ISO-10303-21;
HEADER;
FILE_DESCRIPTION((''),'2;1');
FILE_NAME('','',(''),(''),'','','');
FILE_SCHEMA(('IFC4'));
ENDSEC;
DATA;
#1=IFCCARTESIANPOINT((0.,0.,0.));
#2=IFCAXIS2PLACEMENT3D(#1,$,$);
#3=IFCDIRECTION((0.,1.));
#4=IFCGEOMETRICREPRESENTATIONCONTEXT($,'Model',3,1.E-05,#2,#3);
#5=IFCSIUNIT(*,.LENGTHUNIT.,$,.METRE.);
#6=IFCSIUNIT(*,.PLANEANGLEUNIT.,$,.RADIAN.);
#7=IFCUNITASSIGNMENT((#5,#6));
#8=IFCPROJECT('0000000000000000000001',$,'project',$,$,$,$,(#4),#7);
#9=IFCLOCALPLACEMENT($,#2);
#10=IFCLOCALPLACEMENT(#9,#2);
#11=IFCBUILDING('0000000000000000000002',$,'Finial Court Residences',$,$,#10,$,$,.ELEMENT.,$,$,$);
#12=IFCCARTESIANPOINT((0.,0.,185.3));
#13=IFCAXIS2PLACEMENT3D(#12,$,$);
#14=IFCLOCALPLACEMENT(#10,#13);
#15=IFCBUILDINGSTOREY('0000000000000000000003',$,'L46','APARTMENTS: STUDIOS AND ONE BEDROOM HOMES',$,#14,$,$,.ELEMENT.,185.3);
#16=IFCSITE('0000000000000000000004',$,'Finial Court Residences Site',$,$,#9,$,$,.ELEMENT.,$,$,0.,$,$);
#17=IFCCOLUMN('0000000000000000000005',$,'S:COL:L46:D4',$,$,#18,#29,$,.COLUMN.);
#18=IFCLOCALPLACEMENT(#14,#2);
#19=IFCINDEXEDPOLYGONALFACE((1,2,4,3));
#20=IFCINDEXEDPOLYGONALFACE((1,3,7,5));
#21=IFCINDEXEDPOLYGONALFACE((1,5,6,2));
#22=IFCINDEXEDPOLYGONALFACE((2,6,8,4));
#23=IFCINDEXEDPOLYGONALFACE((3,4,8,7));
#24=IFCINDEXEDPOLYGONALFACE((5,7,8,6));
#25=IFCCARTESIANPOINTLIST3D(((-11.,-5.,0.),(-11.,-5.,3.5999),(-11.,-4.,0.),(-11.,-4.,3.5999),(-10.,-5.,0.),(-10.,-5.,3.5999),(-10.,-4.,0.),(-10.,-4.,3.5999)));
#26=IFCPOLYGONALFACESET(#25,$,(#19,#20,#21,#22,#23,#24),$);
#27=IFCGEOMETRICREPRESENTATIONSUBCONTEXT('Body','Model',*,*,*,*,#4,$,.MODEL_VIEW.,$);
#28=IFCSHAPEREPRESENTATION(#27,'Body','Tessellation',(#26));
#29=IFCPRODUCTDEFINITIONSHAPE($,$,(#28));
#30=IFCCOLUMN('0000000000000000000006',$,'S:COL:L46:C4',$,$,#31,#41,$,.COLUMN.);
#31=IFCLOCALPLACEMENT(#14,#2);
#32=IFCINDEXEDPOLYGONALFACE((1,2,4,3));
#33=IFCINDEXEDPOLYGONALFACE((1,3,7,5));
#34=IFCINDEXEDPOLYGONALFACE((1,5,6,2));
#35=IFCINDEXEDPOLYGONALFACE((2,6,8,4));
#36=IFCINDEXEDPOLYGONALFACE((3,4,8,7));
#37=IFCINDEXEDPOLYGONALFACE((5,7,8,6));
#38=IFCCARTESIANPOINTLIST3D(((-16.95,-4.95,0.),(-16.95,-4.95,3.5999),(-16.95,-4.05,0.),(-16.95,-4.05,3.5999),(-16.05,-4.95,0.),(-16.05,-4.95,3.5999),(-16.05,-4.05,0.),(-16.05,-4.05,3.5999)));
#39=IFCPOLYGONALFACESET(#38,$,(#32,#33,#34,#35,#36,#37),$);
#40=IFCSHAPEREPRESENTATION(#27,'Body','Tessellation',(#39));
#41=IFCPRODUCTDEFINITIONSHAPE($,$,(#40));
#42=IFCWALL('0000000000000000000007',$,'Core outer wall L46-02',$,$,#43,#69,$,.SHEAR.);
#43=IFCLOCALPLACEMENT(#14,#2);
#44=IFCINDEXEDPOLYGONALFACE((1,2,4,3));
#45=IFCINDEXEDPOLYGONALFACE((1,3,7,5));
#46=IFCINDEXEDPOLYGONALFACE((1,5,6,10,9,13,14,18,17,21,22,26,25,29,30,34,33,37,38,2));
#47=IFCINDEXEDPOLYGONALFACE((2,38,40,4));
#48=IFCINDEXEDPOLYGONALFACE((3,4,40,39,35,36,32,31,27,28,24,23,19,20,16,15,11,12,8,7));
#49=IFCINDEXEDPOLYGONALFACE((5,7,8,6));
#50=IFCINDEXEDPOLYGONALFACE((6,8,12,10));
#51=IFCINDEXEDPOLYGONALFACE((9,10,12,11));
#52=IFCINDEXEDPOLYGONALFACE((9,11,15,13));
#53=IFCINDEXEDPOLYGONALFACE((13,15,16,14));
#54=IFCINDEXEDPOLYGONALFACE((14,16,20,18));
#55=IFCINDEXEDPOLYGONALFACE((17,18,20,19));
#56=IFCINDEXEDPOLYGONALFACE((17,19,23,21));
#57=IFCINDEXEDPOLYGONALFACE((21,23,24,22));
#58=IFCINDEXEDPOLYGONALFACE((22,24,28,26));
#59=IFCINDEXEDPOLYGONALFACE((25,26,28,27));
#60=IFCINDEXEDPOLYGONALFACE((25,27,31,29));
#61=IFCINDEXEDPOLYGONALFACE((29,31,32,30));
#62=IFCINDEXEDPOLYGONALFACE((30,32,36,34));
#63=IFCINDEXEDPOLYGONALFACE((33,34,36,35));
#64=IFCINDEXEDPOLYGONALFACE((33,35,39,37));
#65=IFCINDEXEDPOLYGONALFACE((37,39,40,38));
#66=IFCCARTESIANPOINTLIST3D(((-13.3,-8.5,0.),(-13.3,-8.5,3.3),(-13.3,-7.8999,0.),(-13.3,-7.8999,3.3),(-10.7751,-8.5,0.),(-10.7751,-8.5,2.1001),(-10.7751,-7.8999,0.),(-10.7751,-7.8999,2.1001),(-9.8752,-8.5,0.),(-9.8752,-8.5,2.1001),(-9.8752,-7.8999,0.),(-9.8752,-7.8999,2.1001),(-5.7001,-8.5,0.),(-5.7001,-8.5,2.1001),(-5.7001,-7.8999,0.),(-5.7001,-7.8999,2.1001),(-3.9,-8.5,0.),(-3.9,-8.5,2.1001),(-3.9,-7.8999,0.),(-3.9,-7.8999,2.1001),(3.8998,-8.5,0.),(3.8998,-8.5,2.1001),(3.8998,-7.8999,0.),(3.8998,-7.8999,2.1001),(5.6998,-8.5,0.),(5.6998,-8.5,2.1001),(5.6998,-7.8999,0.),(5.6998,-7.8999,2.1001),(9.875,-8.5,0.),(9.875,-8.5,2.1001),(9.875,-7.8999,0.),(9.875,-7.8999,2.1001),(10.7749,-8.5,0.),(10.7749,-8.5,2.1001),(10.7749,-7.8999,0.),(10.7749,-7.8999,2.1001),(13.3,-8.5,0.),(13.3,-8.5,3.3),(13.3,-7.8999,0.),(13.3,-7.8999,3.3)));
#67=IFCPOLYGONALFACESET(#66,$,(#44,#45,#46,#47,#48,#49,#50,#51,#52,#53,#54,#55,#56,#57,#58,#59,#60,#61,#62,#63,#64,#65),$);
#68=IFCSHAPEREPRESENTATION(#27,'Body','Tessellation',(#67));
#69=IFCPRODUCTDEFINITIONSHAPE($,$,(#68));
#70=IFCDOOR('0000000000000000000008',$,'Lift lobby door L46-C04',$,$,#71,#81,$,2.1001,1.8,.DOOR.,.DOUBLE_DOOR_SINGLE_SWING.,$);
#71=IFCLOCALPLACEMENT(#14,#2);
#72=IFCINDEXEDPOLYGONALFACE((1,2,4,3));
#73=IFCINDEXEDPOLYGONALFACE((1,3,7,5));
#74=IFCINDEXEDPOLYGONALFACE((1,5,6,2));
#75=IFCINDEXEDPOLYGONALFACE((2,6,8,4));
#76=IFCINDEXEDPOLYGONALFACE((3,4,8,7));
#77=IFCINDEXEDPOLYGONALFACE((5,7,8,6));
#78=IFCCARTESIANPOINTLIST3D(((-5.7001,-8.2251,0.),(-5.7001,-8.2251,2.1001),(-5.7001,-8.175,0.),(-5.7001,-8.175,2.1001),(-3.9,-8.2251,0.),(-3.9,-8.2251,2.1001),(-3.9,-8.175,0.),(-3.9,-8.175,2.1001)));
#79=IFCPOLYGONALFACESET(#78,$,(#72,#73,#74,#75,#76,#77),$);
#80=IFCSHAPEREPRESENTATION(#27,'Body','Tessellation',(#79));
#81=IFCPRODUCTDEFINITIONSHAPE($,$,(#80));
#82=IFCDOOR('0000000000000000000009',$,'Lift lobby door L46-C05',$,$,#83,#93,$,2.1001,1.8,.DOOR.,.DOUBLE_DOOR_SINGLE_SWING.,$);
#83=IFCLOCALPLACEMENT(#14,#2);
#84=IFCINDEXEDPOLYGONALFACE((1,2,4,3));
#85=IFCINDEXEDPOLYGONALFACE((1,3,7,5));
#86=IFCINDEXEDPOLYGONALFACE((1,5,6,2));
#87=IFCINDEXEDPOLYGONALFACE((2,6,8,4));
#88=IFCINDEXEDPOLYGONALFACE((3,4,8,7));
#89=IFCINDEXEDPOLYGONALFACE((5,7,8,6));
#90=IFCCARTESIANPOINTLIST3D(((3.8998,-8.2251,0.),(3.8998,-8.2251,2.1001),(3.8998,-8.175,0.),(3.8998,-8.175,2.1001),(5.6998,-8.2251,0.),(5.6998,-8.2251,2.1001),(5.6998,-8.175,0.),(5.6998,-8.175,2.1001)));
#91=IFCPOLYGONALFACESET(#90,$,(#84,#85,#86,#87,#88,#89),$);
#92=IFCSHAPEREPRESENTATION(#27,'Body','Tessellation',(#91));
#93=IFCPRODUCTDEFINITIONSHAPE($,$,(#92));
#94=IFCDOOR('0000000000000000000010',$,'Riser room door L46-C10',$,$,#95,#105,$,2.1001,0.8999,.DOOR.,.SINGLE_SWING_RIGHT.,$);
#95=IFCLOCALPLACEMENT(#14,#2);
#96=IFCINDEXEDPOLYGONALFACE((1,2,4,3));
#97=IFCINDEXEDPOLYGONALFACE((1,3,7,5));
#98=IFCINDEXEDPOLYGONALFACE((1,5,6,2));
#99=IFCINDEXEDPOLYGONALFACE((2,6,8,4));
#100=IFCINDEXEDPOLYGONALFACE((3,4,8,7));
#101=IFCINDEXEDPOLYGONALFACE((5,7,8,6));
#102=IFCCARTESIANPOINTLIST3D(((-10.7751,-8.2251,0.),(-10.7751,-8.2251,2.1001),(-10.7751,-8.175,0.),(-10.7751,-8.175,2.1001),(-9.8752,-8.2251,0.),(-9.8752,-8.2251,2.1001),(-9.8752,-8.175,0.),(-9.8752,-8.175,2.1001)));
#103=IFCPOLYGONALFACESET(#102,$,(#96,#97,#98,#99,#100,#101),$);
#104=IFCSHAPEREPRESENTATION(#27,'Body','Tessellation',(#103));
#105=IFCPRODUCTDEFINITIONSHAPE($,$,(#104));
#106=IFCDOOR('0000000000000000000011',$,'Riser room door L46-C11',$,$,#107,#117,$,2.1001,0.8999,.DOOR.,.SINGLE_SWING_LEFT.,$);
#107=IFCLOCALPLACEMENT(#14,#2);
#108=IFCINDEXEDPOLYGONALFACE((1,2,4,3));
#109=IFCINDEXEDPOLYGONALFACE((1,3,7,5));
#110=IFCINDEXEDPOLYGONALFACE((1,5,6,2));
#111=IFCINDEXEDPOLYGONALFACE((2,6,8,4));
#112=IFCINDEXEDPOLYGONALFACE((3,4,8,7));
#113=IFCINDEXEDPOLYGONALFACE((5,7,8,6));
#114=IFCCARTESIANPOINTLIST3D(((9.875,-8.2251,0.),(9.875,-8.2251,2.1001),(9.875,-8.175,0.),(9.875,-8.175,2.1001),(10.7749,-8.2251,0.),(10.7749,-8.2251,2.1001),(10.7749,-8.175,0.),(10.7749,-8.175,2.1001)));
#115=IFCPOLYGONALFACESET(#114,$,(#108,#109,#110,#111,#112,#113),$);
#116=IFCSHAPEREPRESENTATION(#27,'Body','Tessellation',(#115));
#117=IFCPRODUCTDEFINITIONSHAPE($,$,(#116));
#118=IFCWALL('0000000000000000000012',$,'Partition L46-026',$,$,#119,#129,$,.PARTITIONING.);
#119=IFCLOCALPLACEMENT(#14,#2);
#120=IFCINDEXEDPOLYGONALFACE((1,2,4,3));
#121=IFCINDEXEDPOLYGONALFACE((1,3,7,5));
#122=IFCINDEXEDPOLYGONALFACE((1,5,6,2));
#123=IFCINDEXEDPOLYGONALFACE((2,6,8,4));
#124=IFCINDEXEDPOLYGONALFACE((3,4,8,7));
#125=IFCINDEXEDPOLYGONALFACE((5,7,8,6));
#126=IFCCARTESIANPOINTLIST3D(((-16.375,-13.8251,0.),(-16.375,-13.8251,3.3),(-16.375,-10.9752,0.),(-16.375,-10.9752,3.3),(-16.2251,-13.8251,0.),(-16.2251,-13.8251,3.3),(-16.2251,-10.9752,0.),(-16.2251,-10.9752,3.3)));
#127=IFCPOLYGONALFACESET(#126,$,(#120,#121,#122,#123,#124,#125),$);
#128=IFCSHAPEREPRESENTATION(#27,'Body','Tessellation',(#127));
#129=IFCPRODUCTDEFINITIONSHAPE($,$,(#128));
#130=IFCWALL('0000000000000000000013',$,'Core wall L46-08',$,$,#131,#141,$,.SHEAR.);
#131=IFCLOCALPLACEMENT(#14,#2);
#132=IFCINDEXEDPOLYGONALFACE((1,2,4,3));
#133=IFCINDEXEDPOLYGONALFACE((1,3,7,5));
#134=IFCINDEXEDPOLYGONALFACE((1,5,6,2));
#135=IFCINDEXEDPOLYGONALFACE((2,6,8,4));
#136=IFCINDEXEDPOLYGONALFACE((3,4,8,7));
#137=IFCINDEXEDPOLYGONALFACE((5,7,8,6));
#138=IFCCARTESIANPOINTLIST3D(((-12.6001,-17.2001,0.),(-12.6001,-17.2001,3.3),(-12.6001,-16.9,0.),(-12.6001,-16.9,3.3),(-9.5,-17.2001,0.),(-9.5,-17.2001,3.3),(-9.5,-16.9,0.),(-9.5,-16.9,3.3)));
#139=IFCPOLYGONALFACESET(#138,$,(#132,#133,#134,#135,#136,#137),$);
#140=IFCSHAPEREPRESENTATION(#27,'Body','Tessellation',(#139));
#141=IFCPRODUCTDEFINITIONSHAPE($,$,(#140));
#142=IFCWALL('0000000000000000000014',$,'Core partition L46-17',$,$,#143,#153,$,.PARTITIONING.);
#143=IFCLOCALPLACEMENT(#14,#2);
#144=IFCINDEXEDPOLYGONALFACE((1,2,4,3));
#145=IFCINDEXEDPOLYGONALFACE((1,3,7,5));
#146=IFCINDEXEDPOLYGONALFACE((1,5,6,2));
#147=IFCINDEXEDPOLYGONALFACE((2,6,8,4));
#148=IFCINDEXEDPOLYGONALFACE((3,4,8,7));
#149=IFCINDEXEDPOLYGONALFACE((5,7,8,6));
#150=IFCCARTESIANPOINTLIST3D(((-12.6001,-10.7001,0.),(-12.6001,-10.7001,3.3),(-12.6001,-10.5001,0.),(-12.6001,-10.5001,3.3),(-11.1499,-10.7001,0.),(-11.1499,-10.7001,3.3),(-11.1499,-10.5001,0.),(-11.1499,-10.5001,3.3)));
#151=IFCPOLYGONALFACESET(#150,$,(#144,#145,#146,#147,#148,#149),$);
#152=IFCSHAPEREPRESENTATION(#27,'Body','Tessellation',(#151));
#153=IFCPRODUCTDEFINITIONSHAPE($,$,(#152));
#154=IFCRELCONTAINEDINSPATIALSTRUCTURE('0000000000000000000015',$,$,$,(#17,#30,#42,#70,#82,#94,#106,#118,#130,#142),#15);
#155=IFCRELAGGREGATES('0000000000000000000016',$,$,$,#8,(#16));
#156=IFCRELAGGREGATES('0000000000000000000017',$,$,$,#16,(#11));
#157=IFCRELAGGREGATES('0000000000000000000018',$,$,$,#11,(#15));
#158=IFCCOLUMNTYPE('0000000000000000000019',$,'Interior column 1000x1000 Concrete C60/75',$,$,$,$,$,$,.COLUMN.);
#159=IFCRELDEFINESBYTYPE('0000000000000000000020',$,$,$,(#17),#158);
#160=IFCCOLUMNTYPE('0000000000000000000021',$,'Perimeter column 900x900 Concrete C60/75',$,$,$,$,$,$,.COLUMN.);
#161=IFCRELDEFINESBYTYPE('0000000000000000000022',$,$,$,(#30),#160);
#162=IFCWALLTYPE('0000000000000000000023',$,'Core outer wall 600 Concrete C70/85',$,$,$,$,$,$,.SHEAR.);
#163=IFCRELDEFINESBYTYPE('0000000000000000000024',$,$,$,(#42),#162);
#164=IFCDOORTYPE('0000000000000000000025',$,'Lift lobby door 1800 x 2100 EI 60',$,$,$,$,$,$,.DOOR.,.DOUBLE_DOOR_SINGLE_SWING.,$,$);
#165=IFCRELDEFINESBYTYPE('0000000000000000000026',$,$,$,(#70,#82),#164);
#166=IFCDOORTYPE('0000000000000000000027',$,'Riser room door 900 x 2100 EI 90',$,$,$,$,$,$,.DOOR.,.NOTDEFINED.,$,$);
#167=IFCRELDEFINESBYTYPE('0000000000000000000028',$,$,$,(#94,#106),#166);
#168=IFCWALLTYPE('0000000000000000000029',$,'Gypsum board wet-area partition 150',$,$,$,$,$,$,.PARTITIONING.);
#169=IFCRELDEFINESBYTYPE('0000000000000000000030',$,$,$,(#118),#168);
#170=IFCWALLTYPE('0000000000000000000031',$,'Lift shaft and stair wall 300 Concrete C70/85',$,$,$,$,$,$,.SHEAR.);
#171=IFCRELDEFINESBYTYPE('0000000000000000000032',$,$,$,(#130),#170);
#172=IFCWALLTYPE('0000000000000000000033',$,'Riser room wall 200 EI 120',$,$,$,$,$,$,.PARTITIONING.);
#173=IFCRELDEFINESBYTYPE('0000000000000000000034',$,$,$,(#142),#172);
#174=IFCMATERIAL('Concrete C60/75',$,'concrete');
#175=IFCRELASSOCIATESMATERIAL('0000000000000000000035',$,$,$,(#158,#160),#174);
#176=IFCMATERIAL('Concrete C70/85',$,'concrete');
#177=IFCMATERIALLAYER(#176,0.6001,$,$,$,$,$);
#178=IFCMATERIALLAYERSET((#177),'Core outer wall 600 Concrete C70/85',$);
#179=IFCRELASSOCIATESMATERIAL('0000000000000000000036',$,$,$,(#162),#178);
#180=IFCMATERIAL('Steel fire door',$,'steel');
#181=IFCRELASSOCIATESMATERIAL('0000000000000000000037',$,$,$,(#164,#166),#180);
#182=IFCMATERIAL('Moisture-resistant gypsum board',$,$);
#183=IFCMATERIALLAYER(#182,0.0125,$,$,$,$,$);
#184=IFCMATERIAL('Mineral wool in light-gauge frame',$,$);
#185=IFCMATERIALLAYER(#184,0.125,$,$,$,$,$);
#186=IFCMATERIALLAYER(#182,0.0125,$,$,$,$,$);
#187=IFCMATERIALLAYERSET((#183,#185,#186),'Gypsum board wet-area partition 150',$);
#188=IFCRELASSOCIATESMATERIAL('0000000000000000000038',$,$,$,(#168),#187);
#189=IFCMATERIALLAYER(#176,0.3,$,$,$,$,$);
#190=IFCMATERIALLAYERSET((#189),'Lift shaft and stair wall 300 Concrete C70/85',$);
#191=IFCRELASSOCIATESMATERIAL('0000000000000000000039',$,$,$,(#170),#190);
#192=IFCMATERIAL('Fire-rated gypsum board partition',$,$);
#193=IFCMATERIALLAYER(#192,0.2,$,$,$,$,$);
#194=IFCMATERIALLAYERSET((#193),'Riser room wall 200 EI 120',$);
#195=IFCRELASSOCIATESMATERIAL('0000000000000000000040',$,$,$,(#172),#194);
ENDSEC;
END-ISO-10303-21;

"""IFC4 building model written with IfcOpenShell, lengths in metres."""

from ifc_helpers import new_model, si_unit, direction, frame, frame_2d, origin, origin_2d, place, context, subcontext, project, spatial, rectangle, extrude, material, layer, layer_set, material_profile, profile_set, type_object, element, fill, save


model = new_model("IFC4")

# Units and contexts
model_context = context("Model", 3, precision=1e-05, world=origin(), true_north=direction((0.0, 1.0)))
body_context = subcontext(model_context, "Body", "Model", "MODEL_VIEW")
ifc_project = project(units=[si_unit("LENGTHUNIT", "METRE"), si_unit("PLANEANGLEUNIT", "RADIAN")], contexts=[model_context])

# Site, building, storey
site_placement = place(None, origin())
site = spatial("IfcSite", under=ifc_project, at=site_placement, Name="Finial Court Residences Site", CompositionType="ELEMENT", RefElevation=0.0)
building_placement = place(site_placement, origin())
building = spatial("IfcBuilding", under=site, at=building_placement, Name="Finial Court Residences", CompositionType="ELEMENT")
storey_placement = place(building_placement, frame((0.0, 0.0, 185.3)))
storey = spatial("IfcBuildingStorey", under=building, at=storey_placement, Name="L46", Description="APARTMENTS: STUDIOS AND ONE BEDROOM HOMES", CompositionType="ELEMENT", Elevation=185.3)

# Columns
ifc_material_1 = material(Name="Concrete C60/75", Category="concrete")
ifc_material_profile_1 = material_profile(ifc_material_1, rectangle(XDim=1.0, YDim=1.0, at=origin_2d()), Name="1000x1000")
ifc_profile_set_1 = profile_set([ifc_material_profile_1], Name="Concrete C60/75")
column_type_1 = type_object("IfcColumnType", Name="Interior column 1000x1000 Concrete C60/75", PredefinedType="COLUMN", material=ifc_profile_set_1)
column_1_placement = place(storey_placement, frame((-10.5, -4.5, 0.0), z_axis=(0.0, 0.0, 1.0), x_axis=(1.0, 0.0, 0.0)))
element("IfcColumn", 1, at=column_1_placement, inside=storey, type_object=column_type_1, Name="S:COL:L46:D4", PredefinedType="COLUMN", context=body_context, shape_type="SweptSolid", body=[
    extrude(rectangle(XDim=1.0, YDim=1.0, at=origin_2d()), origin(), (0.0, 0.0, 1.0), 3.5999),
])
ifc_material_profile_2 = material_profile(ifc_material_1, rectangle(XDim=0.8999, YDim=0.8999, at=origin_2d()), Name="900x900")
ifc_profile_set_2 = profile_set([ifc_material_profile_2], Name="Concrete C60/75")
column_type_2 = type_object("IfcColumnType", Name="Perimeter column 900x900 Concrete C60/75", PredefinedType="COLUMN", material=ifc_profile_set_2)
column_2_placement = place(storey_placement, frame((-16.5, -4.5, 0.0), z_axis=(0.0, 0.0, 1.0), x_axis=(1.0, 0.0, 0.0)))
element("IfcColumn", 2, at=column_2_placement, inside=storey, type_object=column_type_2, Name="S:COL:L46:C4", PredefinedType="COLUMN", context=body_context, shape_type="SweptSolid", body=[
    extrude(rectangle(XDim=0.8999, YDim=0.8999, at=origin_2d()), origin(), (0.0, 0.0, 1.0), 3.5999),
])

# Wall, openings, doors
ifc_material_2 = material(Name="Concrete C70/85", Category="concrete")
ifc_layer_1 = layer(ifc_material_2, 0.6001)
ifc_layer_set_1 = layer_set([ifc_layer_1], Name="Core outer wall 600 Concrete C70/85")
wall_type_1 = type_object("IfcWallType", Name="Core outer wall 600 Concrete C70/85", PredefinedType="SHEAR", material=ifc_layer_set_1)
wall_1_placement = place(storey_placement, frame((-13.3, -8.2, 0.0), z_axis=(0.0, 0.0, 1.0), x_axis=(1.0, 0.0, 0.0)))
wall_1 = element("IfcWall", 3, at=wall_1_placement, inside=storey, type_object=wall_type_1, Name="Core outer wall L46-02", PredefinedType="SHEAR", context=body_context, shape_type="SweptSolid", body=[
    extrude(rectangle(XDim=26.6001, YDim=0.6001, at=frame_2d((13.3, 0.0))), origin(), (0.0, 0.0, 1.0), 3.3),
])
opening_1_placement = place(wall_1_placement, frame((7.6001, 0.0, 0.0)))
opening_1 = element("IfcOpeningElement", 4, at=opening_1_placement, cuts=wall_1, PredefinedType="OPENING", context=body_context, shape_type="SweptSolid", body=[
    extrude(rectangle(XDim=1.8, YDim=2.1001, at=frame_2d((0.8999, 1.05))), frame((0.0, 0.3101, 0.0), z_axis=(0.0, -1.0, 0.0), x_axis=(1.0, 0.0, 0.0)), (0.0, 0.0, 1.0), 0.6201),
])
opening_2_placement = place(wall_1_placement, frame((17.2, 0.0, 0.0)))
opening_2 = element("IfcOpeningElement", 5, at=opening_2_placement, cuts=wall_1, PredefinedType="OPENING", context=body_context, shape_type="SweptSolid", body=[
    extrude(rectangle(XDim=1.8, YDim=2.1001, at=frame_2d((0.8999, 1.05))), frame((0.0, 0.3101, 0.0), z_axis=(0.0, -1.0, 0.0), x_axis=(1.0, 0.0, 0.0)), (0.0, 0.0, 1.0), 0.6201),
])
opening_3_placement = place(wall_1_placement, frame((2.5249, 0.0, 0.0)))
opening_3 = element("IfcOpeningElement", 6, at=opening_3_placement, cuts=wall_1, PredefinedType="OPENING", context=body_context, shape_type="SweptSolid", body=[
    extrude(rectangle(XDim=0.8999, YDim=2.1001, at=frame_2d((0.45, 1.05))), frame((0.0, 0.3101, 0.0), z_axis=(0.0, -1.0, 0.0), x_axis=(1.0, 0.0, 0.0)), (0.0, 0.0, 1.0), 0.6201),
])
opening_4_placement = place(wall_1_placement, frame((23.175, 0.0, 0.0)))
opening_4 = element("IfcOpeningElement", 7, at=opening_4_placement, cuts=wall_1, PredefinedType="OPENING", context=body_context, shape_type="SweptSolid", body=[
    extrude(rectangle(XDim=0.8999, YDim=2.1001, at=frame_2d((0.45, 1.05))), frame((0.0, 0.3101, 0.0), z_axis=(0.0, -1.0, 0.0), x_axis=(1.0, 0.0, 0.0)), (0.0, 0.0, 1.0), 0.6201),
])
ifc_material_3 = material(Name="Steel fire door", Category="steel")
door_type_1 = type_object("IfcDoorType", Name="Lift lobby door 1800 x 2100 EI 60", OperationType="DOUBLE_DOOR_SINGLE_SWING", PredefinedType="DOOR", material=ifc_material_3)
door_1_placement = place(opening_1_placement, origin())
door_1 = element("IfcDoor", 8, at=door_1_placement, inside=storey, type_object=door_type_1, Name="Lift lobby door L46-C04", OperationType="DOUBLE_DOOR_SINGLE_SWING", OverallHeight=2.1001, OverallWidth=1.8, PredefinedType="DOOR", context=body_context, shape_type="SweptSolid", body=[
    extrude(rectangle(XDim=1.8, YDim=2.1001, at=frame_2d((0.8999, 1.05))), frame((0.0, 0.0249, 0.0), z_axis=(0.0, -1.0, 0.0), x_axis=(1.0, 0.0, 0.0)), (0.0, 0.0, 1.0), 0.05),
])
fill(opening_1, door_1)
door_2_placement = place(opening_2_placement, origin())
door_2 = element("IfcDoor", 9, at=door_2_placement, inside=storey, type_object=door_type_1, Name="Lift lobby door L46-C05", OperationType="DOUBLE_DOOR_SINGLE_SWING", OverallHeight=2.1001, OverallWidth=1.8, PredefinedType="DOOR", context=body_context, shape_type="SweptSolid", body=[
    extrude(rectangle(XDim=1.8, YDim=2.1001, at=frame_2d((0.8999, 1.05))), frame((0.0, 0.0249, 0.0), z_axis=(0.0, -1.0, 0.0), x_axis=(1.0, 0.0, 0.0)), (0.0, 0.0, 1.0), 0.05),
])
fill(opening_2, door_2)
door_type_2 = type_object("IfcDoorType", Name="Riser room door 900 x 2100 EI 90", OperationType="NOTDEFINED", PredefinedType="DOOR", material=ifc_material_3)
door_3_placement = place(opening_3_placement, origin())
door_3 = element("IfcDoor", 10, at=door_3_placement, inside=storey, type_object=door_type_2, Name="Riser room door L46-C10", OperationType="SINGLE_SWING_RIGHT", OverallHeight=2.1001, OverallWidth=0.8999, PredefinedType="DOOR", context=body_context, shape_type="SweptSolid", body=[
    extrude(rectangle(XDim=0.8999, YDim=2.1001, at=frame_2d((0.45, 1.05))), frame((0.0, 0.0249, 0.0), z_axis=(0.0, -1.0, 0.0), x_axis=(1.0, 0.0, 0.0)), (0.0, 0.0, 1.0), 0.05),
])
fill(opening_3, door_3)
door_4_placement = place(opening_4_placement, origin())
door_4 = element("IfcDoor", 11, at=door_4_placement, inside=storey, type_object=door_type_2, Name="Riser room door L46-C11", OperationType="SINGLE_SWING_LEFT", OverallHeight=2.1001, OverallWidth=0.8999, PredefinedType="DOOR", context=body_context, shape_type="SweptSolid", body=[
    extrude(rectangle(XDim=0.8999, YDim=2.1001, at=frame_2d((0.45, 1.05))), frame((0.0, 0.0249, 0.0), z_axis=(0.0, -1.0, 0.0), x_axis=(1.0, 0.0, 0.0)), (0.0, 0.0, 1.0), 0.05),
])
fill(opening_4, door_4)

# Walls
ifc_material_4 = material(Name="Moisture-resistant gypsum board")
ifc_layer_2 = layer(ifc_material_4, 0.0125)
ifc_material_5 = material(Name="Mineral wool in light-gauge frame")
ifc_layer_3 = layer(ifc_material_5, 0.125)
ifc_layer_4 = layer(ifc_material_4, 0.0125)
ifc_layer_set_2 = layer_set([ifc_layer_2, ifc_layer_3, ifc_layer_4], Name="Gypsum board wet-area partition 150")
wall_type_2 = type_object("IfcWallType", Name="Gypsum board wet-area partition 150", PredefinedType="PARTITIONING", material=ifc_layer_set_2)
wall_2_placement = place(storey_placement, frame((-16.3, -13.825, 0.0), z_axis=(0.0, 0.0, 1.0), x_axis=(0.0, 1.0, 0.0)))
element("IfcWall", 12, at=wall_2_placement, inside=storey, type_object=wall_type_2, Name="Partition L46-026", PredefinedType="PARTITIONING", context=body_context, shape_type="SweptSolid", body=[
    extrude(rectangle(XDim=2.8499, YDim=0.1499, at=frame_2d((1.4248, 0.0))), origin(), (0.0, 0.0, 1.0), 3.3),
])
ifc_layer_5 = layer(ifc_material_2, 0.3)
ifc_layer_set_3 = layer_set([ifc_layer_5], Name="Lift shaft and stair wall 300 Concrete C70/85")
wall_type_3 = type_object("IfcWallType", Name="Lift shaft and stair wall 300 Concrete C70/85", PredefinedType="SHEAR", material=ifc_layer_set_3)
wall_3_placement = place(storey_placement, frame((-12.6001, -17.05, 0.0), z_axis=(0.0, 0.0, 1.0), x_axis=(1.0, 0.0, 0.0)))
element("IfcWall", 13, at=wall_3_placement, inside=storey, type_object=wall_type_3, Name="Core wall L46-08", PredefinedType="SHEAR", context=body_context, shape_type="SweptSolid", body=[
    extrude(rectangle(XDim=3.1001, YDim=0.3, at=frame_2d((1.55, 0.0))), origin(), (0.0, 0.0, 1.0), 3.3),
])
ifc_material_6 = material(Name="Fire-rated gypsum board partition")
ifc_layer_6 = layer(ifc_material_6, 0.2)
ifc_layer_set_4 = layer_set([ifc_layer_6], Name="Riser room wall 200 EI 120")
wall_type_4 = type_object("IfcWallType", Name="Riser room wall 200 EI 120", PredefinedType="PARTITIONING", material=ifc_layer_set_4)
wall_4_placement = place(storey_placement, frame((-12.6001, -10.6001, 0.0), z_axis=(0.0, 0.0, 1.0), x_axis=(1.0, 0.0, 0.0)))
element("IfcWall", 14, at=wall_4_placement, inside=storey, type_object=wall_type_4, Name="Core partition L46-17", PredefinedType="PARTITIONING", context=body_context, shape_type="SweptSolid", body=[
    extrude(rectangle(XDim=1.4502, YDim=0.2, at=frame_2d((0.7251, 0.0))), origin(), (0.0, 0.0, 1.0), 3.3),
])

save(model, "model.ifc")
